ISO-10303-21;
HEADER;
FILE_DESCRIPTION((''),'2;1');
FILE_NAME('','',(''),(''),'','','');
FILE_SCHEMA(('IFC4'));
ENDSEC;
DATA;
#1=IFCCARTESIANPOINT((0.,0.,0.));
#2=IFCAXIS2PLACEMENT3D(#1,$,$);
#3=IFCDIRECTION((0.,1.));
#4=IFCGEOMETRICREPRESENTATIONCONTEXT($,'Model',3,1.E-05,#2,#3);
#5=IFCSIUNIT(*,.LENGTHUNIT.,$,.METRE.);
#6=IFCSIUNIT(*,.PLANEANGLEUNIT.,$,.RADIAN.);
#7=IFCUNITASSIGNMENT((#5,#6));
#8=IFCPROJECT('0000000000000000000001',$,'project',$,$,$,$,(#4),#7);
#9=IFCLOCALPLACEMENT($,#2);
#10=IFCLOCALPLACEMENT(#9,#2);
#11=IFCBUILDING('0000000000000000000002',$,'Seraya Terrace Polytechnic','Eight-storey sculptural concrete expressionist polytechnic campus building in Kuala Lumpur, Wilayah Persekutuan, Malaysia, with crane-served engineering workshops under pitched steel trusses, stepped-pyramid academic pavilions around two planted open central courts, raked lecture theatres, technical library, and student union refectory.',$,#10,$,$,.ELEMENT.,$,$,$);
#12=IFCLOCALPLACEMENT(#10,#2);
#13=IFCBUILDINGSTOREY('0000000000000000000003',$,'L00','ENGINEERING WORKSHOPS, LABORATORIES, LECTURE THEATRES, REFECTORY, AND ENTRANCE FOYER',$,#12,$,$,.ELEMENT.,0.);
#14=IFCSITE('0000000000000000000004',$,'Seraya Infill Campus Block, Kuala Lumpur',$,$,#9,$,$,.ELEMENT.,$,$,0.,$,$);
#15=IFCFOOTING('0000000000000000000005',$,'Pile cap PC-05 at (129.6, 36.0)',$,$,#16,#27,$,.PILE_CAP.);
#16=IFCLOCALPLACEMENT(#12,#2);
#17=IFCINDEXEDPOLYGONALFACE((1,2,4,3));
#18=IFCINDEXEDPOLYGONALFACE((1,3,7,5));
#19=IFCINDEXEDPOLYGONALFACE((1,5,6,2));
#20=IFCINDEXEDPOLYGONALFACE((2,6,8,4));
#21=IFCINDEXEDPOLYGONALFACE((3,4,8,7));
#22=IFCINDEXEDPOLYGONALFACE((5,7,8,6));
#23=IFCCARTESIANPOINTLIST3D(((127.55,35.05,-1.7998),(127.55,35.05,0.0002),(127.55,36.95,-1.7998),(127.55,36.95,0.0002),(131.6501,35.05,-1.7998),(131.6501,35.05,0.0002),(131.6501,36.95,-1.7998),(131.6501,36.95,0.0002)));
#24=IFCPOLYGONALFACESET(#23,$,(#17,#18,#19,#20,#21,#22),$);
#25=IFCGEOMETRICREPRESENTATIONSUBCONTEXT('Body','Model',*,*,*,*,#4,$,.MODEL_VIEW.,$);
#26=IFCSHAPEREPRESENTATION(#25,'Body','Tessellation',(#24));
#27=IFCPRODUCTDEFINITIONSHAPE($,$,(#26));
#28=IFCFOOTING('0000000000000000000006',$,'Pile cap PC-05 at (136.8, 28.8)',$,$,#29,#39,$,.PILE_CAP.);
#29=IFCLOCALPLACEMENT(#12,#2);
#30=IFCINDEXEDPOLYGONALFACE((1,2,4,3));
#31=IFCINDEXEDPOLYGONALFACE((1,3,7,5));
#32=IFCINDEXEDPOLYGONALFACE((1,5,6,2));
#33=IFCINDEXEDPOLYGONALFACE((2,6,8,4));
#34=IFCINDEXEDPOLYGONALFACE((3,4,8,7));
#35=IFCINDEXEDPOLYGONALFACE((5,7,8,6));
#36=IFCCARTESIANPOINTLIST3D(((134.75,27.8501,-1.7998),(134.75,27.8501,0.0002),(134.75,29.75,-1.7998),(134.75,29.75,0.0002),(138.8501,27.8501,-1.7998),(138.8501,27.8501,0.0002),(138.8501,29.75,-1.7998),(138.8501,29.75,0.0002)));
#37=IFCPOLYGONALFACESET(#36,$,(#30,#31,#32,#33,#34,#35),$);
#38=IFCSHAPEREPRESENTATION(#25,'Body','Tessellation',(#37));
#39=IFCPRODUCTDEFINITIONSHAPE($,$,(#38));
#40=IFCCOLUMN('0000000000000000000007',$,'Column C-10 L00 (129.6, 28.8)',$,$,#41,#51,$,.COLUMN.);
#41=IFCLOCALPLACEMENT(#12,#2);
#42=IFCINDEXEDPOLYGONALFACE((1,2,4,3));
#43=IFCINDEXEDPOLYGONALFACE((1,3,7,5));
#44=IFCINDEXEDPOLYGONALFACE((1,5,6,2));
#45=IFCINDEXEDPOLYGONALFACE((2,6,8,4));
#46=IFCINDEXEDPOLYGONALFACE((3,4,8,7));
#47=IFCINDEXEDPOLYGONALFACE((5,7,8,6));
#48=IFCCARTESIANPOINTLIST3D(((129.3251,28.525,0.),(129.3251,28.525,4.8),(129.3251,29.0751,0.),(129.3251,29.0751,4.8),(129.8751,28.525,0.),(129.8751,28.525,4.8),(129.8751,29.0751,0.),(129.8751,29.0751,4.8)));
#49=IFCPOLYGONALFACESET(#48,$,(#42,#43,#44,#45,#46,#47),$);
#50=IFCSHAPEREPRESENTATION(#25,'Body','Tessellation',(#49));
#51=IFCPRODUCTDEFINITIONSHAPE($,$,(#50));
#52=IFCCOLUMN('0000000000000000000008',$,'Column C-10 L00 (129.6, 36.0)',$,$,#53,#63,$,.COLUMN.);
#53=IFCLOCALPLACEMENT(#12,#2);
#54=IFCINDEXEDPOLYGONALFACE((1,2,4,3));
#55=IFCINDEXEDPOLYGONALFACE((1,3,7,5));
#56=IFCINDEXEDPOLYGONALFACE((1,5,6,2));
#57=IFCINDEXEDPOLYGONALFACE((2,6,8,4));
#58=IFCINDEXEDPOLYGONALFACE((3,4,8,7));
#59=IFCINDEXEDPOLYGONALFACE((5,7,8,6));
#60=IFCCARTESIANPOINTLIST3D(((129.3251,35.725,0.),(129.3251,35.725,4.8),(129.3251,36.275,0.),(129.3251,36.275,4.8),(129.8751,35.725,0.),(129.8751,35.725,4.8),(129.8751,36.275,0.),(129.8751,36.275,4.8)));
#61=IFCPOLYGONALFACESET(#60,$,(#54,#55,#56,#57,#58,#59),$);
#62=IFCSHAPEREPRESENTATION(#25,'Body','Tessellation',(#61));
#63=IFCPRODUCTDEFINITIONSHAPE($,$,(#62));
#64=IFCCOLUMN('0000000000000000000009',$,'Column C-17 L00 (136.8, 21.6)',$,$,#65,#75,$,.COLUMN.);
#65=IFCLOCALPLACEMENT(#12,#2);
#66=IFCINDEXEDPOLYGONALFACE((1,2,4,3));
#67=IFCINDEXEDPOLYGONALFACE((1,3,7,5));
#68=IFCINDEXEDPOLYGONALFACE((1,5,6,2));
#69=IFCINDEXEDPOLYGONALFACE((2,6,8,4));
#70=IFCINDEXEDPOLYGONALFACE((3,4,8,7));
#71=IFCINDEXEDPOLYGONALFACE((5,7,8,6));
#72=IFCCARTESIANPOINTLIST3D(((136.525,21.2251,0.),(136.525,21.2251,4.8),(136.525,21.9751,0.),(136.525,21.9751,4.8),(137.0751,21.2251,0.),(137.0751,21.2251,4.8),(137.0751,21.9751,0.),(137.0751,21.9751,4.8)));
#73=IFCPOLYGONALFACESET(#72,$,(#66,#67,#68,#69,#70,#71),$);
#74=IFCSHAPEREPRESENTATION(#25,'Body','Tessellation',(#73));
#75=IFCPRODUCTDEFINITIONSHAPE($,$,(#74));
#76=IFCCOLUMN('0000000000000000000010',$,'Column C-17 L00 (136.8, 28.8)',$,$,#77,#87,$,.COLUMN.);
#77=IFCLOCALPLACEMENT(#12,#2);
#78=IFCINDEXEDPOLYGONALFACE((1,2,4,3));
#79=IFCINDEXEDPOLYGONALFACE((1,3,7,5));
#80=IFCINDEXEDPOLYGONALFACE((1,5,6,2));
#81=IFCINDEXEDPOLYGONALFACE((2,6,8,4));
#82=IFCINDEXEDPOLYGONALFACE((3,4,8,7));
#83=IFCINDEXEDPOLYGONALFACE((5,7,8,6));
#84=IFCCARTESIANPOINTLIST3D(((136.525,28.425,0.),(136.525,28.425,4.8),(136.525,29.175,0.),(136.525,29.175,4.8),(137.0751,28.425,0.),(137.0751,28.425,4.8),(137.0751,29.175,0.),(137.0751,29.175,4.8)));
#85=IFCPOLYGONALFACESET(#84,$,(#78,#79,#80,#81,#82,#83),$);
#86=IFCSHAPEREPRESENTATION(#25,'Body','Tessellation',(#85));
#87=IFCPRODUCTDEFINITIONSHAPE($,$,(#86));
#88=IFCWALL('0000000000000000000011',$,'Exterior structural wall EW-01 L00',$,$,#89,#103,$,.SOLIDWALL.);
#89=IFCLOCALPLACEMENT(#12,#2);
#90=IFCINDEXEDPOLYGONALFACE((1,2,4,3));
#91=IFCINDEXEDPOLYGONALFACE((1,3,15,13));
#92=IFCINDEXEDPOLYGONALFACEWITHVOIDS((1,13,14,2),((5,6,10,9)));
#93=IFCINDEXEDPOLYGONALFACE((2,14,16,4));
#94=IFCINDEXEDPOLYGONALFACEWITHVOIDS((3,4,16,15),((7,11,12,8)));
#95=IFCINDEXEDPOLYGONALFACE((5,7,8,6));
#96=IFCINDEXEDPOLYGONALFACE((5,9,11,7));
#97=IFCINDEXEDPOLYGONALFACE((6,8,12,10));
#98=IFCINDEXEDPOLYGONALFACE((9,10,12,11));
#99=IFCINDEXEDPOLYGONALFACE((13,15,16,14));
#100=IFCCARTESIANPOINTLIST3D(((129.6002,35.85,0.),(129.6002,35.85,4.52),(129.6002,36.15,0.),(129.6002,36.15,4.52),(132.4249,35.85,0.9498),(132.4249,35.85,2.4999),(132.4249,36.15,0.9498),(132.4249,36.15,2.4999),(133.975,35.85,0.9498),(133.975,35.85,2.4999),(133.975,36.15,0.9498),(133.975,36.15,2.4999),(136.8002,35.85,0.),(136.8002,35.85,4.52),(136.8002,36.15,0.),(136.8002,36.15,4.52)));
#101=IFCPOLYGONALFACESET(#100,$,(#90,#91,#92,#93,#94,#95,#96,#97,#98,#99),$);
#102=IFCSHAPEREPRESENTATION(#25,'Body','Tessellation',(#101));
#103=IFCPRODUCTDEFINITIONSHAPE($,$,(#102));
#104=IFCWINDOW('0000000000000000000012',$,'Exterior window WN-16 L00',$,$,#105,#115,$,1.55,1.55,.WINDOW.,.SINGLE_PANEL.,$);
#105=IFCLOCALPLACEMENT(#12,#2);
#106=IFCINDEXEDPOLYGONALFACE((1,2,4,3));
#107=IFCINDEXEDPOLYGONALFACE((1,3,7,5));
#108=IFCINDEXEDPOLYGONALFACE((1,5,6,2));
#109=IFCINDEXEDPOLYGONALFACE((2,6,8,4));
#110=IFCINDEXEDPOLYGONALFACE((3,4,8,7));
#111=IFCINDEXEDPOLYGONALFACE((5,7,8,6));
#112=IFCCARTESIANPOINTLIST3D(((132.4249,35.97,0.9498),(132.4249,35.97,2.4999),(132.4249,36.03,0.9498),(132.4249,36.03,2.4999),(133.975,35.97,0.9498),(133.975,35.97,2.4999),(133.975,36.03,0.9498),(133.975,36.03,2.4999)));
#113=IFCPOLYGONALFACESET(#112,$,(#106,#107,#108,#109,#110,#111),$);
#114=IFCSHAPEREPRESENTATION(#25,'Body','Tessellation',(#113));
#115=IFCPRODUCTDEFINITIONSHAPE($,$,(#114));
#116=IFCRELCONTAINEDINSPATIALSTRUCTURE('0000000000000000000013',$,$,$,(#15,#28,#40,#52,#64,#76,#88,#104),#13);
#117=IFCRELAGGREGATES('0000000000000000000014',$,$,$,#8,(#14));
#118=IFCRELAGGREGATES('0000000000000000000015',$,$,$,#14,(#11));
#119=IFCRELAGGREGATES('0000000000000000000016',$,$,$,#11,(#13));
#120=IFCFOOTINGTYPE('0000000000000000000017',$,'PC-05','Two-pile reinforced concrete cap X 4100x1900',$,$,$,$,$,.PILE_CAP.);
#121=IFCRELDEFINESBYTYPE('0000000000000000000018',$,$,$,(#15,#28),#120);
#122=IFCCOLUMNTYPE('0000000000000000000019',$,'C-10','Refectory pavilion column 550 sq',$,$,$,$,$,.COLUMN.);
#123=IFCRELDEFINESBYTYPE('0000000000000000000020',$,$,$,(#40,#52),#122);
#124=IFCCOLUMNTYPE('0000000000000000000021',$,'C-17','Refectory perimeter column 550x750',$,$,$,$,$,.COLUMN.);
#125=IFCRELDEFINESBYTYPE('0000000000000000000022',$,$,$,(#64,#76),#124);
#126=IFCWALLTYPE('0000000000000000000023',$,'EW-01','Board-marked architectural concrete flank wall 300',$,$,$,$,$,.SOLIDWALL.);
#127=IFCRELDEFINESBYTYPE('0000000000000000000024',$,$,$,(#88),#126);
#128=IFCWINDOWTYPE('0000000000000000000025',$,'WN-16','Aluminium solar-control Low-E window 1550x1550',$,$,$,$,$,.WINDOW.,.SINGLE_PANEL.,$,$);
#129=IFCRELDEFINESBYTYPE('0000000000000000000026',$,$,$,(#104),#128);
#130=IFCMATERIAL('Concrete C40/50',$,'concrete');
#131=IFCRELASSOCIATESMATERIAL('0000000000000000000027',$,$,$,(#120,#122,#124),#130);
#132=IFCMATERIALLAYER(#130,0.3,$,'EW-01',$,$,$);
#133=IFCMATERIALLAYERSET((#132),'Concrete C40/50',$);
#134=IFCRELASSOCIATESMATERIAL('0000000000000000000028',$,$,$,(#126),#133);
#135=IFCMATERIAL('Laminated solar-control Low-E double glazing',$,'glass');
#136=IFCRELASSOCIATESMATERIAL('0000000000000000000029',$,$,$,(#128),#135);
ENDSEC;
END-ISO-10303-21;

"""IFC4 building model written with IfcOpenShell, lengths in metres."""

from ifc_helpers import new_model, si_unit, direction, frame, frame_2d, origin, origin_2d, place, context, subcontext, project, spatial, rectangle, extrude, material, layer, layer_set, material_profile, profile_set, type_object, element, fill, save


model = new_model("IFC4")

# Units and contexts
model_context = context("Model", 3, precision=1e-05, world=origin(), true_north=direction((0.0, 1.0)))
body_context = subcontext(model_context, "Body", "Model", "MODEL_VIEW")
ifc_project = project(units=[si_unit("LENGTHUNIT", "METRE"), si_unit("PLANEANGLEUNIT", "RADIAN")], contexts=[model_context])

# Site, building, storey
site_placement = place(None, origin())
site = spatial("IfcSite", under=ifc_project, at=site_placement, Name="Seraya Infill Campus Block, Kuala Lumpur", CompositionType="ELEMENT", RefElevation=0.0)
building_placement = place(site_placement, origin())
building = spatial("IfcBuilding", under=site, at=building_placement, Name="Seraya Terrace Polytechnic", Description="Eight-storey sculptural concrete expressionist polytechnic campus building in Kuala Lumpur, Wilayah Persekutuan, Malaysia, with crane-served engineering workshops under pitched steel trusses, stepped-pyramid academic pavilions around two planted open central courts, raked lecture theatres, technical library, and student union refectory.", CompositionType="ELEMENT")
storey_placement = place(building_placement, origin())
storey = spatial("IfcBuildingStorey", under=building, at=storey_placement, Name="L00", Description="ENGINEERING WORKSHOPS, LABORATORIES, LECTURE THEATRES, REFECTORY, AND ENTRANCE FOYER", CompositionType="ELEMENT", Elevation=0.0)

# Shared definitions
ifc_material_1 = material(Name="Concrete C40/50", Category="concrete")

# Footings
footing_type_1 = type_object("IfcFootingType", Name="PC-05", Description="Two-pile reinforced concrete cap X 4100x1900", PredefinedType="PILE_CAP", material=ifc_material_1)
for number, where, z_axis, x_axis, name in (
    (1, (129.6001, 36.0, -1.7998), (0.0, 0.0, 1.0), (1.0, 0.0, 0.0), "Pile cap PC-05 at (129.6, 36.0)"),
    (2, (136.8, 28.8, -1.7998), (0.0, 0.0, 1.0), (1.0, 0.0, 0.0), "Pile cap PC-05 at (136.8, 28.8)"),
):
    element("IfcFooting", number, at=place(storey_placement, frame(where, z_axis=z_axis, x_axis=x_axis)), inside=storey, type_object=footing_type_1, Name=name, PredefinedType="PILE_CAP", context=body_context, shape_type="SweptSolid", body=[
        extrude(rectangle(XDim=4.1001, YDim=1.8999, at=origin_2d()), origin(), (0.0, 0.0, 1.0), 1.8),
    ])

# Columns
ifc_material_profile_1 = material_profile(ifc_material_1, rectangle(XDim=0.55, YDim=0.55, at=origin_2d()), Name="RC 550x550")
ifc_profile_set_1 = profile_set([ifc_material_profile_1], Name="Concrete C40/50")
column_type_1 = type_object("IfcColumnType", Name="C-10", Description="Refectory pavilion column 550 sq", PredefinedType="COLUMN", material=ifc_profile_set_1)
for number, where, z_axis, x_axis, name in (
    (3, (129.6001, 28.8, 0.0), (0.0, 0.0, 1.0), (1.0, 0.0, 0.0), "Column C-10 L00 (129.6, 28.8)"),
    (4, (129.6001, 36.0, 0.0), (0.0, 0.0, 1.0), (1.0, 0.0, 0.0), "Column C-10 L00 (129.6, 36.0)"),
):
    element("IfcColumn", number, at=place(storey_placement, frame(where, z_axis=z_axis, x_axis=x_axis)), inside=storey, type_object=column_type_1, Name=name, PredefinedType="COLUMN", context=body_context, shape_type="SweptSolid", body=[
        extrude(rectangle(XDim=0.55, YDim=0.55, at=origin_2d()), origin(), (0.0, 0.0, 1.0), 4.8),
    ])
ifc_material_profile_2 = material_profile(ifc_material_1, rectangle(XDim=0.55, YDim=0.75, at=origin_2d()), Name="RC 550x750")
ifc_profile_set_2 = profile_set([ifc_material_profile_2], Name="Concrete C40/50")
column_type_2 = type_object("IfcColumnType", Name="C-17", Description="Refectory perimeter column 550x750", PredefinedType="COLUMN", material=ifc_profile_set_2)
for number, where, z_axis, x_axis, name in (
    (5, (136.8, 21.6001, 0.0), (0.0, 0.0, 1.0), (1.0, 0.0, 0.0), "Column C-17 L00 (136.8, 21.6)"),
    (6, (136.8, 28.8, 0.0), (0.0, 0.0, 1.0), (1.0, 0.0, 0.0), "Column C-17 L00 (136.8, 28.8)"),
):
    element("IfcColumn", number, at=place(storey_placement, frame(where, z_axis=z_axis, x_axis=x_axis)), inside=storey, type_object=column_type_2, Name=name, PredefinedType="COLUMN", context=body_context, shape_type="SweptSolid", body=[
        extrude(rectangle(XDim=0.55, YDim=0.75, at=origin_2d()), origin(), (0.0, 0.0, 1.0), 4.8),
    ])

# Wall, opening, window
ifc_layer = layer(ifc_material_1, 0.3, Name="EW-01")
ifc_layer_set = layer_set([ifc_layer], Name="Concrete C40/50")
wall_type = type_object("IfcWallType", Name="EW-01", Description="Board-marked architectural concrete flank wall 300", PredefinedType="SOLIDWALL", material=ifc_layer_set)
wall_placement = place(storey_placement, frame((129.6001, 36.0, 0.0), z_axis=(0.0, 0.0, 1.0), x_axis=(1.0, 0.0, 0.0)))
wall = element("IfcWall", 7, at=wall_placement, inside=storey, type_object=wall_type, Name="Exterior structural wall EW-01 L00", PredefinedType="SOLIDWALL", context=body_context, shape_type="SweptSolid", body=[
    extrude(rectangle(XDim=7.2, YDim=0.3, at=frame_2d((3.6001, 0.0))), origin(), (0.0, 0.0, 1.0), 4.52),
])
opening_placement = place(wall_placement, frame((2.825, 0.0, 0.95)))
opening = element("IfcOpeningElement", 8, at=opening_placement, cuts=wall, PredefinedType="OPENING", context=body_context, shape_type="SweptSolid", body=[
    extrude(rectangle(XDim=1.55, YDim=1.55, at=frame_2d((0.7749, 0.7749))), frame((0.0, 0.1621, 0.0), z_axis=(0.0, -1.0, 0.0), x_axis=(1.0, 0.0, 0.0)), (0.0, 0.0, 1.0), 0.324),
])
ifc_material_2 = material(Name="Laminated solar-control Low-E double glazing", Category="glass")
window_type = type_object("IfcWindowType", Name="WN-16", Description="Aluminium solar-control Low-E window 1550x1550", PartitioningType="SINGLE_PANEL", PredefinedType="WINDOW", material=ifc_material_2)
window_placement = place(opening_placement, origin())
window = element("IfcWindow", 9, at=window_placement, inside=storey, type_object=window_type, Name="Exterior window WN-16 L00", OverallHeight=1.55, OverallWidth=1.55, PartitioningType="SINGLE_PANEL", PredefinedType="WINDOW", context=body_context, shape_type="SweptSolid", body=[
    extrude(rectangle(XDim=1.55, YDim=1.55, at=frame_2d((0.7749, 0.7749))), frame((0.0, 0.03, 0.0), z_axis=(0.0, -1.0, 0.0), x_axis=(1.0, 0.0, 0.0)), (0.0, 0.0, 1.0), 0.0601),
])
fill(opening, window)

save(model, "model.ifc")
